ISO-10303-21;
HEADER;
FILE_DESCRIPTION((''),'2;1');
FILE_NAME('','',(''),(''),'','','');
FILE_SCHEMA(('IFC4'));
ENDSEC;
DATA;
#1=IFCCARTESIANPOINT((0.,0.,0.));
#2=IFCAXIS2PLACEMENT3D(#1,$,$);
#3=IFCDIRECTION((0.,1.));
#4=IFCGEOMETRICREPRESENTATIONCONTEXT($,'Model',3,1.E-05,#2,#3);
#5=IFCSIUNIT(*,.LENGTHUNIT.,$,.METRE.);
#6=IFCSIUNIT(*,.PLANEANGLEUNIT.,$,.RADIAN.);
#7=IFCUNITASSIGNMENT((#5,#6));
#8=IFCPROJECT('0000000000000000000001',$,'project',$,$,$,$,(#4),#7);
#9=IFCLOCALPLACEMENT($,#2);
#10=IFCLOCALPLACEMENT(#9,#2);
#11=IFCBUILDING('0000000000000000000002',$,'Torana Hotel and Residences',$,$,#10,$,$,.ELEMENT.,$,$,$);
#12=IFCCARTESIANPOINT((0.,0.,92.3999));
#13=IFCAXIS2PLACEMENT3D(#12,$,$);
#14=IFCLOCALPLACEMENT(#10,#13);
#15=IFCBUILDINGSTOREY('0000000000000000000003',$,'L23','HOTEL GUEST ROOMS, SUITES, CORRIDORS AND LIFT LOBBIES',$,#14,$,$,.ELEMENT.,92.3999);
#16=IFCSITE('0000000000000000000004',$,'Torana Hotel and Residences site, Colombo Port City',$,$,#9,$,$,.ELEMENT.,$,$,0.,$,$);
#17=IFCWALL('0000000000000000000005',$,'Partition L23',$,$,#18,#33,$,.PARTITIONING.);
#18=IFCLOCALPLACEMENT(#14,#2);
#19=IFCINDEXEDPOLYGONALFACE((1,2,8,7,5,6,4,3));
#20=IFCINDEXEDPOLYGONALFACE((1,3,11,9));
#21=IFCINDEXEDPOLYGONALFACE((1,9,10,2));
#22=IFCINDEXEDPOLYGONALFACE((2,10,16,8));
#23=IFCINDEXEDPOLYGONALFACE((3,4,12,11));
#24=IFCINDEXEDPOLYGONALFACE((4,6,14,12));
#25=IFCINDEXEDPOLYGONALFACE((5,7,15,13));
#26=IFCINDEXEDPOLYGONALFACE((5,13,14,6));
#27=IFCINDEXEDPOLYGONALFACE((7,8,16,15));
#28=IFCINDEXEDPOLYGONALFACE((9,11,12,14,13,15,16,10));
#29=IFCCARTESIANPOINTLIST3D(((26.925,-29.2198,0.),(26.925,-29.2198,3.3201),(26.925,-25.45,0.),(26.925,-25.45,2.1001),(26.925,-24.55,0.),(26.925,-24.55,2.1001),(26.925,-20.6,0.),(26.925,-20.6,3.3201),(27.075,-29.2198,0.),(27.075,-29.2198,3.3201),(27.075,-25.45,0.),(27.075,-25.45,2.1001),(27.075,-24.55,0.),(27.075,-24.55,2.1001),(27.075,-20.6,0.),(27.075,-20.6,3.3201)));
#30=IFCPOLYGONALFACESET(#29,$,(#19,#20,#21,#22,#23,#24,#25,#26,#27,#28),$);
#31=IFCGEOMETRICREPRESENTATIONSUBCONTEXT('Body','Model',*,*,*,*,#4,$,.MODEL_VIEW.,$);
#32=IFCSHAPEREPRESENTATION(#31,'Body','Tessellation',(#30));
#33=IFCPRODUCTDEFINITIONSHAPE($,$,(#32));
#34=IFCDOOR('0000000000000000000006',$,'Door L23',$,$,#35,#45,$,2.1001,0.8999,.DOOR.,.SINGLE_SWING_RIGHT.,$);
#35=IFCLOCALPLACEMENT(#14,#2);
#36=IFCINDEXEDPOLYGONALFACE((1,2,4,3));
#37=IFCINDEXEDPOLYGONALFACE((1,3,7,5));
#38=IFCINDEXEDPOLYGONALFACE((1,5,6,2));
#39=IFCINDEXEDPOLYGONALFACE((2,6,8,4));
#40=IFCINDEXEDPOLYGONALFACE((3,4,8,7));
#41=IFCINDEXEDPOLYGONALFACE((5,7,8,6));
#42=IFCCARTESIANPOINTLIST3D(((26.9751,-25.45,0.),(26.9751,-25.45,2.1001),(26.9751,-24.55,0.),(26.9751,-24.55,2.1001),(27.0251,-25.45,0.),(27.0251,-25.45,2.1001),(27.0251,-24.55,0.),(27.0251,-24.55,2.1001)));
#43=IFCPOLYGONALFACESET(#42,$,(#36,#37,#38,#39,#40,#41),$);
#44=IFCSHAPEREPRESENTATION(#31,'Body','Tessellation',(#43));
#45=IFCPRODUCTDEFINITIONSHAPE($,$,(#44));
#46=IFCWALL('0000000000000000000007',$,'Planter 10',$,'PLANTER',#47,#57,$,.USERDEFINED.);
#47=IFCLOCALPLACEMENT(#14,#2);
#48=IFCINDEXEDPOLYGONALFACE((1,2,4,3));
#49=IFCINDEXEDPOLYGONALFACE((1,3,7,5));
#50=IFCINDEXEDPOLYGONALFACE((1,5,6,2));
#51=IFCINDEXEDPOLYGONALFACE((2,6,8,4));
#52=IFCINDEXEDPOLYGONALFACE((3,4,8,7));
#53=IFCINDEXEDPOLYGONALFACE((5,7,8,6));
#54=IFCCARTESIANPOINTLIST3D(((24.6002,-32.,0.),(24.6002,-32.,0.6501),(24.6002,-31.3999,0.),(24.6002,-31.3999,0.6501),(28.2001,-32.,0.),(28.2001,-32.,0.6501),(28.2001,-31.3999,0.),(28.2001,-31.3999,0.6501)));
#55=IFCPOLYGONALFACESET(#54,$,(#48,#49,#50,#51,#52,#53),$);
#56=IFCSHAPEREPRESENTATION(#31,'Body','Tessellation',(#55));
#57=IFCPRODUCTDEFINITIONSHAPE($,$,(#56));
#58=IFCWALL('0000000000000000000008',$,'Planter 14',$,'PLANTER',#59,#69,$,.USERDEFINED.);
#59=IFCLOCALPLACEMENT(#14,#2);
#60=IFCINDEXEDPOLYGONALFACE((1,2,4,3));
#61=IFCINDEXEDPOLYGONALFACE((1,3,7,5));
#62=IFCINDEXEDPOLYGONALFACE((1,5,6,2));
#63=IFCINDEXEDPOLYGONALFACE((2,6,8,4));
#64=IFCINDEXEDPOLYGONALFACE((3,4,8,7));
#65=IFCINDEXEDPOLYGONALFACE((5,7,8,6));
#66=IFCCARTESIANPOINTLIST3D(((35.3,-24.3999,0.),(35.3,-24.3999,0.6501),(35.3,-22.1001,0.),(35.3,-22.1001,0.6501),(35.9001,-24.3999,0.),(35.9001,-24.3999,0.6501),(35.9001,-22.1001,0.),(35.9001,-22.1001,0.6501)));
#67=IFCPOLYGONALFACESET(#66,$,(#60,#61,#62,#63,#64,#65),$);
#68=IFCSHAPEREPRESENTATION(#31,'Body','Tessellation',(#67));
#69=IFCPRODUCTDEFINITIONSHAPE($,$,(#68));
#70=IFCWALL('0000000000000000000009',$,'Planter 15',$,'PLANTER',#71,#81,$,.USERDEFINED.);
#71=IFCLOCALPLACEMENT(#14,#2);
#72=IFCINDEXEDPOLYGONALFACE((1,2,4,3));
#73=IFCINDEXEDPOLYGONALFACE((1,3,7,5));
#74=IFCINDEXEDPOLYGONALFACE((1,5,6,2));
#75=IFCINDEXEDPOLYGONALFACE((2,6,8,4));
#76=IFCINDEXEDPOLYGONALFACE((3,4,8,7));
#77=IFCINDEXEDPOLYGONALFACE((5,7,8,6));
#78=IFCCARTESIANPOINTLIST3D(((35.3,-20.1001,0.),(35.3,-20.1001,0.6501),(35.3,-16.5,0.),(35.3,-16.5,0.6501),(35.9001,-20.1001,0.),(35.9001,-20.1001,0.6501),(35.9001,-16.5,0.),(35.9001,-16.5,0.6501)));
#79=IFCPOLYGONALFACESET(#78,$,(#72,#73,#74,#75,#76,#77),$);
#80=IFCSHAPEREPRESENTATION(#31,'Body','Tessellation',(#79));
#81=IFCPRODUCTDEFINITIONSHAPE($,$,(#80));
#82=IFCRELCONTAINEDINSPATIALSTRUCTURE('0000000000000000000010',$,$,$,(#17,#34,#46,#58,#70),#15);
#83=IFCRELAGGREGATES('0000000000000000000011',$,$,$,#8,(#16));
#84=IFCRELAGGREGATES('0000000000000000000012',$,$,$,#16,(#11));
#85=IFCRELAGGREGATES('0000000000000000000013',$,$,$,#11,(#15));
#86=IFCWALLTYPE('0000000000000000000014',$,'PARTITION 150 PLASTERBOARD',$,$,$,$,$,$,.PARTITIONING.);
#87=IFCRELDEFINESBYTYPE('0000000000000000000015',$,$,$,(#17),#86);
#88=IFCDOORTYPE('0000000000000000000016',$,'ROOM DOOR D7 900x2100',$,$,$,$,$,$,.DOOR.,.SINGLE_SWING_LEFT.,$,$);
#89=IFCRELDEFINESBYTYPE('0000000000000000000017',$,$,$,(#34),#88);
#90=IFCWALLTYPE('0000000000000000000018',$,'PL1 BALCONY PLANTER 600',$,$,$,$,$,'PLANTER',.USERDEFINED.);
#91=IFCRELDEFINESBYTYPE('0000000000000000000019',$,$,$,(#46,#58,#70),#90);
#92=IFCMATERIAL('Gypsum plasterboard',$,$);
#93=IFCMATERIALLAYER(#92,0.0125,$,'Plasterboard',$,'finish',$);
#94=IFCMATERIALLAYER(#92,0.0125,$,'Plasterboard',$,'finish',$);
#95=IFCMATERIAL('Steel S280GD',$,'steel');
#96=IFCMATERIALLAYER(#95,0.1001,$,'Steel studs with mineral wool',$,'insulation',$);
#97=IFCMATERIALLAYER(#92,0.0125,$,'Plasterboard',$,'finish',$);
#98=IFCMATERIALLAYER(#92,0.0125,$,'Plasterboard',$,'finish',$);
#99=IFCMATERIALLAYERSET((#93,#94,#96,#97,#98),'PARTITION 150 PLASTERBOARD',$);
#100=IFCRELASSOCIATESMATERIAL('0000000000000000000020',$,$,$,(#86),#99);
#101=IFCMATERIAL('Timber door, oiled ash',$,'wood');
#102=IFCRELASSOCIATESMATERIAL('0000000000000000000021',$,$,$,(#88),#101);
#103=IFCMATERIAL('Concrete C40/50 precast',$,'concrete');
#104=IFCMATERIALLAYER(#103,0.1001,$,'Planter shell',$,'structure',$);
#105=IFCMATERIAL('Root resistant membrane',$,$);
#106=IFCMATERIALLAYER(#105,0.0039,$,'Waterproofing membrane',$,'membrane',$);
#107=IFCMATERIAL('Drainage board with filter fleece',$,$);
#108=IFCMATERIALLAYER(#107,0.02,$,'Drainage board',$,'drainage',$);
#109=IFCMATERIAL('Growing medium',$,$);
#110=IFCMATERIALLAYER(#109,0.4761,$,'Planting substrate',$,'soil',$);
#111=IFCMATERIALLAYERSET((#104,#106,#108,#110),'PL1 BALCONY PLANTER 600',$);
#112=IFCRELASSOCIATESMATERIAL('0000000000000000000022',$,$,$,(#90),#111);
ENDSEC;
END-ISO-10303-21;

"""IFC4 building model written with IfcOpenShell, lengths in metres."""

from ifc_helpers import new_model, si_unit, direction, frame, frame_2d, origin, place, context, subcontext, project, spatial, rectangle, extrude, material, layer, layer_set, type_object, element, fill, save


model = new_model("IFC4")

# Units and contexts
model_context = context("Model", 3, precision=1e-05, world=origin(), true_north=direction((0.0, 1.0)))
body_context = subcontext(model_context, "Body", "Model", "MODEL_VIEW")
ifc_project = project(units=[si_unit("LENGTHUNIT", "METRE"), si_unit("PLANEANGLEUNIT", "RADIAN")], contexts=[model_context])

# Site, building, storey
site_placement = place(None, origin())
site = spatial("IfcSite", under=ifc_project, at=site_placement, Name="Torana Hotel and Residences site, Colombo Port City", CompositionType="ELEMENT", RefElevation=0.0)
building_placement = place(site_placement, origin())
building = spatial("IfcBuilding", under=site, at=building_placement, Name="Torana Hotel and Residences", CompositionType="ELEMENT")
storey_placement = place(building_placement, frame((0.0, 0.0, 92.3999)))
storey = spatial("IfcBuildingStorey", under=building, at=storey_placement, Name="L23", Description="HOTEL GUEST ROOMS, SUITES, CORRIDORS AND LIFT LOBBIES", CompositionType="ELEMENT", Elevation=92.3999)

# Shared definitions
ifc_material_1 = material(Name="Steel S280GD", Category="steel")

# Shared definitions
ifc_material_2 = material(Name="Gypsum plasterboard")
ifc_layer_1 = layer(ifc_material_2, 0.0125, Name="Plasterboard", Category="finish")
ifc_layer_2 = layer(ifc_material_2, 0.0125, Name="Plasterboard", Category="finish")
ifc_layer_3 = layer(ifc_material_1, 0.1001, Name="Steel studs with mineral wool", Category="insulation")
ifc_layer_4 = layer(ifc_material_2, 0.0125, Name="Plasterboard", Category="finish")
ifc_layer_5 = layer(ifc_material_2, 0.0125, Name="Plasterboard", Category="finish")
ifc_layer_set_1 = layer_set([ifc_layer_1, ifc_layer_2, ifc_layer_3, ifc_layer_4, ifc_layer_5], Name="PARTITION 150 PLASTERBOARD")
wall_type_1 = type_object("IfcWallType", Name="PARTITION 150 PLASTERBOARD", PredefinedType="PARTITIONING", material=ifc_layer_set_1)

# Wall, opening, door
wall_1_placement = place(storey_placement, frame((27.0, -29.22, 0.0), z_axis=(0.0, 0.0, 1.0), x_axis=(0.0, 1.0, 0.0)))
wall_1 = element("IfcWall", 1, at=wall_1_placement, inside=storey, type_object=wall_type_1, Name="Partition L23", PredefinedType="PARTITIONING", context=body_context, shape_type="SweptSolid", body=[
    extrude(rectangle(XDim=8.6199, YDim=0.1499, at=frame_2d((4.3101, 0.0))), origin(), (0.0, 0.0, 1.0), 3.3201),
])
opening_1_placement = place(wall_1_placement, frame((3.77, 0.0, 0.0)))
opening_1 = element("IfcOpeningElement", 2, at=opening_1_placement, cuts=wall_1, PredefinedType="OPENING", context=body_context, shape_type="SweptSolid", body=[
    extrude(rectangle(XDim=0.8999, YDim=2.1001, at=frame_2d((0.45, 1.05))), frame((0.0, 0.085, 0.0), z_axis=(0.0, -1.0, 0.0), x_axis=(1.0, 0.0, 0.0)), (0.0, 0.0, 1.0), 0.1699),
])
ifc_material_3 = material(Name="Timber door, oiled ash", Category="wood")
door_type_1 = type_object("IfcDoorType", Name="ROOM DOOR D7 900x2100", OperationType="SINGLE_SWING_LEFT", PredefinedType="DOOR", material=ifc_material_3)
door_1_placement = place(opening_1_placement, origin())
door_1 = element("IfcDoor", 3, at=door_1_placement, inside=storey, type_object=door_type_1, Name="Door L23", OperationType="SINGLE_SWING_RIGHT", OverallHeight=2.1001, OverallWidth=0.8999, PredefinedType="DOOR", context=body_context, shape_type="SweptSolid", body=[
    extrude(rectangle(XDim=0.8999, YDim=2.1001, at=frame_2d((0.45, 1.05))), frame((0.0, 0.0249, 0.0), z_axis=(0.0, -1.0, 0.0), x_axis=(1.0, 0.0, 0.0)), (0.0, 0.0, 1.0), 0.05),
])
fill(opening_1, door_1)

# Walls
ifc_material_4 = material(Name="Concrete C40/50 precast", Category="concrete")
ifc_layer_6 = layer(ifc_material_4, 0.1001, Name="Planter shell", Category="structure")
ifc_material_5 = material(Name="Root resistant membrane")
ifc_layer_7 = layer(ifc_material_5, 0.0039, Name="Waterproofing membrane", Category="membrane")
ifc_material_6 = material(Name="Drainage board with filter fleece")
ifc_layer_8 = layer(ifc_material_6, 0.02, Name="Drainage board", Category="drainage")
ifc_material_7 = material(Name="Growing medium")
ifc_layer_9 = layer(ifc_material_7, 0.4761, Name="Planting substrate", Category="soil")
ifc_layer_set_2 = layer_set([ifc_layer_6, ifc_layer_7, ifc_layer_8, ifc_layer_9], Name="PL1 BALCONY PLANTER 600")
wall_type_2 = type_object("IfcWallType", Name="PL1 BALCONY PLANTER 600", ElementType="PLANTER", PredefinedType="USERDEFINED", material=ifc_layer_set_2)
wall_2_placement = place(storey_placement, frame((28.2, -31.7, 0.0), z_axis=(0.0, 0.0, 1.0), x_axis=(-1.0, 0.0, 0.0)))
element("IfcWall", 4, at=wall_2_placement, inside=storey, type_object=wall_type_2, Name="Planter 10", ObjectType="PLANTER", PredefinedType="USERDEFINED", context=body_context, shape_type="SweptSolid", body=[
    extrude(rectangle(XDim=3.5999, YDim=0.6001, at=frame_2d((1.7998, 0.0))), origin(), (0.0, 0.0, 1.0), 0.6501),
])
wall_3_placement = place(storey_placement, frame((35.6001, -22.1001, 0.0), z_axis=(0.0, 0.0, 1.0), x_axis=(0.0, -1.0, 0.0)))
element("IfcWall", 5, at=wall_3_placement, inside=storey, type_object=wall_type_2, Name="Planter 14", ObjectType="PLANTER", PredefinedType="USERDEFINED", context=body_context, shape_type="SweptSolid", body=[
    extrude(rectangle(XDim=2.2998, YDim=0.6001, at=frame_2d((1.1499, 0.0))), origin(), (0.0, 0.0, 1.0), 0.6501),
])
wall_4_placement = place(storey_placement, frame((35.6001, -16.5, 0.0), z_axis=(0.0, 0.0, 1.0), x_axis=(0.0, -1.0, 0.0)))
element("IfcWall", 6, at=wall_4_placement, inside=storey, type_object=wall_type_2, Name="Planter 15", ObjectType="PLANTER", PredefinedType="USERDEFINED", context=body_context, shape_type="SweptSolid", body=[
    extrude(rectangle(XDim=3.6001, YDim=0.6001, at=frame_2d((1.8, 0.0))), origin(), (0.0, 0.0, 1.0), 0.6501),
])

save(model, "model.ifc")
